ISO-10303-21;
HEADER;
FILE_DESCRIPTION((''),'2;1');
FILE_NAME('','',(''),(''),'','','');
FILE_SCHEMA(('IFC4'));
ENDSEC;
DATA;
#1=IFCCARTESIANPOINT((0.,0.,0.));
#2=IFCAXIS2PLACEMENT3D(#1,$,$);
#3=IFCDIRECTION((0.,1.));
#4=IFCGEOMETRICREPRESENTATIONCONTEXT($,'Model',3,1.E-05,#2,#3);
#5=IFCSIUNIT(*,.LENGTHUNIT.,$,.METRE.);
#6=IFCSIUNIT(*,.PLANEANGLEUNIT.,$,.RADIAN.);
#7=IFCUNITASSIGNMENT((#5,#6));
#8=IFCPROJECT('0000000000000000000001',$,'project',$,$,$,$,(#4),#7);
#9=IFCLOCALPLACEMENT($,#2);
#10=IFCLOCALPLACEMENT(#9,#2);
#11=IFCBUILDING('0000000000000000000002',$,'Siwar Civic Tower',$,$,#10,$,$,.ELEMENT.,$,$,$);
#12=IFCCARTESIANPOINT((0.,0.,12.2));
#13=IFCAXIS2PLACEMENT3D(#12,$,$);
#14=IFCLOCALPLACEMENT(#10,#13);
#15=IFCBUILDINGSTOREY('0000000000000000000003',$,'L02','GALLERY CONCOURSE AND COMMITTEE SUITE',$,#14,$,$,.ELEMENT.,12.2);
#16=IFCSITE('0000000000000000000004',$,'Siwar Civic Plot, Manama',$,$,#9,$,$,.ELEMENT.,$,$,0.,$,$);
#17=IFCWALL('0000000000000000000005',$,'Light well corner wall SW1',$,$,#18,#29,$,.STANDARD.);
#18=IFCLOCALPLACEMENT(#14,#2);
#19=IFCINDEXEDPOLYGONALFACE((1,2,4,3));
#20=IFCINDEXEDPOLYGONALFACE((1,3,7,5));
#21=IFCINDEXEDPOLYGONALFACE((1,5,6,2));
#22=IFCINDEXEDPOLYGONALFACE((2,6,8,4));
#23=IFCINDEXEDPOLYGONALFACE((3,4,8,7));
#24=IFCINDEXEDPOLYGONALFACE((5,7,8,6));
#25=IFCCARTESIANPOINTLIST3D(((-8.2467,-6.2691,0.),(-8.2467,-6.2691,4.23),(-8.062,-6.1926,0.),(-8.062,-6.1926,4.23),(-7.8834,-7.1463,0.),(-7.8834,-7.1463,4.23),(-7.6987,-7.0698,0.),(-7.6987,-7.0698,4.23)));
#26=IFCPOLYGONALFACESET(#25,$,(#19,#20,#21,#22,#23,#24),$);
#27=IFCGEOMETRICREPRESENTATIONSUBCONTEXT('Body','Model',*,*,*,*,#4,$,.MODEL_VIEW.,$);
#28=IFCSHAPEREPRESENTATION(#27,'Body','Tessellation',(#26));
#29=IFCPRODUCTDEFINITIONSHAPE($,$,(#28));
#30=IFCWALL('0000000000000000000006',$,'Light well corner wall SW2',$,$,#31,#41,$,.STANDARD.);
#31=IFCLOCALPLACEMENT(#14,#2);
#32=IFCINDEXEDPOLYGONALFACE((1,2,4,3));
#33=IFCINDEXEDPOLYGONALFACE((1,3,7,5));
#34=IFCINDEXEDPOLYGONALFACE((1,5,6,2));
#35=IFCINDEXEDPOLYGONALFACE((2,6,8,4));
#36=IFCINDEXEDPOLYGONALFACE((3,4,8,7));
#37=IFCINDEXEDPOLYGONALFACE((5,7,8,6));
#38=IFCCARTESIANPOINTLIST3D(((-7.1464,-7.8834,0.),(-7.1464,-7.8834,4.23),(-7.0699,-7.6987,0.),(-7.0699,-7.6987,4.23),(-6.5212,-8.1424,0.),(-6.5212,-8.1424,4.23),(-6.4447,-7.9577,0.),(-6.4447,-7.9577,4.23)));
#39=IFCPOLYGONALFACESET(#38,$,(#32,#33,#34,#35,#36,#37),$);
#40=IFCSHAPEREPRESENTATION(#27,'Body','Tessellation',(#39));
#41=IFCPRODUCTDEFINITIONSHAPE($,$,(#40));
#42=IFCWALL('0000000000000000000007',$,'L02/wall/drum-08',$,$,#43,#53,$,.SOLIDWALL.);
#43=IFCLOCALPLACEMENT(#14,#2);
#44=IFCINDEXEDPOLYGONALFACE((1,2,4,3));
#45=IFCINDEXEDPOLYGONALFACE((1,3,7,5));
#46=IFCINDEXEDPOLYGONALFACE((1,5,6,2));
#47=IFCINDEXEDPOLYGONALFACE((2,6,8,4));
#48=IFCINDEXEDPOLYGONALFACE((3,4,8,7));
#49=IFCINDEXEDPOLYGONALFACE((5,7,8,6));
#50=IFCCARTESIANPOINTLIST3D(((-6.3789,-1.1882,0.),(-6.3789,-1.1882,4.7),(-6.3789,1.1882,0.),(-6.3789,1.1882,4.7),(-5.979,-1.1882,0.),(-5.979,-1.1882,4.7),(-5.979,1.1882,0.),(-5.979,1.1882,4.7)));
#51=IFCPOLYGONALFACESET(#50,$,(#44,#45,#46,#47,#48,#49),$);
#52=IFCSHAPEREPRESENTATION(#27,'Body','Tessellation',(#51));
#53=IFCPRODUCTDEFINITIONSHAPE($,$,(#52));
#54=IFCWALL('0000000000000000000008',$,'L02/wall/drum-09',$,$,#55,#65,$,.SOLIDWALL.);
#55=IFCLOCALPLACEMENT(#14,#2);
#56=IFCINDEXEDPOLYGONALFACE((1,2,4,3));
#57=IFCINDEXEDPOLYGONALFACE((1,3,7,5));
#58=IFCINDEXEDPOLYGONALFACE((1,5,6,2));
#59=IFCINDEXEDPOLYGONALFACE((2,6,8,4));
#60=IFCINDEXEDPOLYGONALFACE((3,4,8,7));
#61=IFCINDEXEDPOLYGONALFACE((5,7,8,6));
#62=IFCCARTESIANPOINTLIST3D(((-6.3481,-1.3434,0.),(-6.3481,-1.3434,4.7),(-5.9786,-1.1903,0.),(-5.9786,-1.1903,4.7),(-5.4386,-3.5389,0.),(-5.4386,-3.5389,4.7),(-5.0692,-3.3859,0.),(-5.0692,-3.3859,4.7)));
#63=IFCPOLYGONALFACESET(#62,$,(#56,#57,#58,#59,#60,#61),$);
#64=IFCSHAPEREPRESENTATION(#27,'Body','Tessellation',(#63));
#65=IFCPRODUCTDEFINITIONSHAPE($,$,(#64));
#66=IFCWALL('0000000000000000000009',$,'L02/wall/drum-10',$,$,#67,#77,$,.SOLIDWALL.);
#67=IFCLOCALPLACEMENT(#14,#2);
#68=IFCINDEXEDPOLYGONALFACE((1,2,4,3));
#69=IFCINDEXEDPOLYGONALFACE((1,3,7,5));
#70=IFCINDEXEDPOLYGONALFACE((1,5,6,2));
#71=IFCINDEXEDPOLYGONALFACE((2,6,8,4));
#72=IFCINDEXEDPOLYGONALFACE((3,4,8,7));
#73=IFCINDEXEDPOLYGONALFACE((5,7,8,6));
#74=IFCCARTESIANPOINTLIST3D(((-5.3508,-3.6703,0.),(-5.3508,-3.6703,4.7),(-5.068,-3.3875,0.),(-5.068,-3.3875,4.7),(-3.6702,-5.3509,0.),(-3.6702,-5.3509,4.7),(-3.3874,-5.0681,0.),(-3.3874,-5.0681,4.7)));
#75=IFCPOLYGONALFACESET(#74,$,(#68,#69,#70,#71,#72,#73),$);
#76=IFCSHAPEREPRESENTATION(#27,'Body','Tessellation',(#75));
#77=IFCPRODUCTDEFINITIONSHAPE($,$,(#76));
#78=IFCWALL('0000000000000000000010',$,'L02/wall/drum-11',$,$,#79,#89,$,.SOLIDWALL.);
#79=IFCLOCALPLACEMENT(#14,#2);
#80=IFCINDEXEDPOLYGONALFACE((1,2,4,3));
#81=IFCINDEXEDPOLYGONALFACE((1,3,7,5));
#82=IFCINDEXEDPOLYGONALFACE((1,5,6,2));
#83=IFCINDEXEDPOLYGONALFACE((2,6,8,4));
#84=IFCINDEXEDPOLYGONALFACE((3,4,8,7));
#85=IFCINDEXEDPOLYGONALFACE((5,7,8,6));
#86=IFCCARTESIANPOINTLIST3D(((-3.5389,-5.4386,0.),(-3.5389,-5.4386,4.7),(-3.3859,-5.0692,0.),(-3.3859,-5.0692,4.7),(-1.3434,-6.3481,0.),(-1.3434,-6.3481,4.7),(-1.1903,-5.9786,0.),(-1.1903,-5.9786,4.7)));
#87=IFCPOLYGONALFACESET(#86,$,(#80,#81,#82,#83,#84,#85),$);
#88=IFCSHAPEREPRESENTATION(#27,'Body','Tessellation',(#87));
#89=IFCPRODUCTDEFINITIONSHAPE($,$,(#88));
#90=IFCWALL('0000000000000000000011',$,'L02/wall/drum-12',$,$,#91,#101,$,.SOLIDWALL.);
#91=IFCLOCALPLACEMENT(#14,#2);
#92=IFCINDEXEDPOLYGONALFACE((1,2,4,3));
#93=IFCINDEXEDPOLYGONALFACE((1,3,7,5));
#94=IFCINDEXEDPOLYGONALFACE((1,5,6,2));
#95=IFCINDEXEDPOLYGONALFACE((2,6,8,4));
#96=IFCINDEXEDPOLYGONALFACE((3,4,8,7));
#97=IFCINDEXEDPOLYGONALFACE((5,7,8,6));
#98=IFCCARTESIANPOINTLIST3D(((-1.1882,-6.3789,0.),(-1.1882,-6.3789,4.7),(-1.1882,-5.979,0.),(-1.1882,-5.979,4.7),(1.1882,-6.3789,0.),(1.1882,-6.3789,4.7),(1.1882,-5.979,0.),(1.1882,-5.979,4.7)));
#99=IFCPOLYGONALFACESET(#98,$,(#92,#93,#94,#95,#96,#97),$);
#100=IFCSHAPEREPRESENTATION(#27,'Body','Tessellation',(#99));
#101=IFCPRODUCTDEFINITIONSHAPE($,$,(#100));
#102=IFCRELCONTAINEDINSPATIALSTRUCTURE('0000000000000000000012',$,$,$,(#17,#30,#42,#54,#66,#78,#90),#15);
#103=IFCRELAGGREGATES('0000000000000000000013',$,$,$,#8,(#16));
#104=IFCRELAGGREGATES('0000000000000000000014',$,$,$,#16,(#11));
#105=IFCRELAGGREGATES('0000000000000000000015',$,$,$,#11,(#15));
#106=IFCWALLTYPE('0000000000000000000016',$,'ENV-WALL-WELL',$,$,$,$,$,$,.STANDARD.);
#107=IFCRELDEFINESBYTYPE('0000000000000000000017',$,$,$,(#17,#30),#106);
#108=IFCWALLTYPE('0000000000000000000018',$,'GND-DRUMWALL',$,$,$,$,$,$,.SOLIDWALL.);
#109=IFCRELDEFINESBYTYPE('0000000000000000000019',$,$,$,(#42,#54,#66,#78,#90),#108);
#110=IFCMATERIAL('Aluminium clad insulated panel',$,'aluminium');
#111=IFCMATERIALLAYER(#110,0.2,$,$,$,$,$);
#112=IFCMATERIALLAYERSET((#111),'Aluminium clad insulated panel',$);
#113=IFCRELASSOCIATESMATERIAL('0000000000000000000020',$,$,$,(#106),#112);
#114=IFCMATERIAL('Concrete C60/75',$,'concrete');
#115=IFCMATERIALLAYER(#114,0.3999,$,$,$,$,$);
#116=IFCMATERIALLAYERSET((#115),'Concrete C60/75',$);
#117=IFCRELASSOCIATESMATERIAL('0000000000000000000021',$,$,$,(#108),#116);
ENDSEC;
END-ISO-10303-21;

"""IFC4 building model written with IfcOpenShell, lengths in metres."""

from ifc_helpers import new_model, si_unit, direction, frame, frame_2d, origin, place, context, subcontext, project, spatial, rectangle, extrude, material, layer, layer_set, type_object, element, save


model = new_model("IFC4")

# Units and contexts
model_context = context("Model", 3, precision=1e-05, world=origin(), true_north=direction((0.0, 1.0)))
body_context = subcontext(model_context, "Body", "Model", "MODEL_VIEW")
ifc_project = project(units=[si_unit("LENGTHUNIT", "METRE"), si_unit("PLANEANGLEUNIT", "RADIAN")], contexts=[model_context])

# Site, building, storey
site_placement = place(None, origin())
site = spatial("IfcSite", under=ifc_project, at=site_placement, Name="Siwar Civic Plot, Manama", CompositionType="ELEMENT", RefElevation=0.0)
building_placement = place(site_placement, origin())
building = spatial("IfcBuilding", under=site, at=building_placement, Name="Siwar Civic Tower", CompositionType="ELEMENT")
storey_placement = place(building_placement, frame((0.0, 0.0, 12.2)))
storey = spatial("IfcBuildingStorey", under=building, at=storey_placement, Name="L02", Description="GALLERY CONCOURSE AND COMMITTEE SUITE", CompositionType="ELEMENT", Elevation=12.2)

# Walls
ifc_material_1 = material(Name="Aluminium clad insulated panel", Category="aluminium")
ifc_layer_1 = layer(ifc_material_1, 0.2)
ifc_layer_set_1 = layer_set([ifc_layer_1], Name="Aluminium clad insulated panel")
wall_type_1 = type_object("IfcWallType", Name="ENV-WALL-WELL", PredefinedType="STANDARD", material=ifc_layer_set_1)
wall_1_placement = place(storey_placement, frame((-8.1543, -6.231, 0.0), z_axis=(0.0, 0.0, 1.0), x_axis=(0.382624, -0.923904, 0.0)))
element("IfcWall", 1, at=wall_1_placement, inside=storey, type_object=wall_type_1, Name="Light well corner wall SW1", PredefinedType="STANDARD", context=body_context, shape_type="SweptSolid", body=[
    extrude(rectangle(XDim=0.9495, YDim=0.2, at=frame_2d((0.4746, 0.0))), origin(), (0.0, 0.0, 1.0), 4.23),
])
wall_2_placement = place(storey_placement, frame((-7.1082, -7.791, 0.0), z_axis=(0.0, 0.0, 1.0), x_axis=(0.923854, -0.382745, 0.0)))
element("IfcWall", 2, at=wall_2_placement, inside=storey, type_object=wall_type_1, Name="Light well corner wall SW2", PredefinedType="STANDARD", context=body_context, shape_type="SweptSolid", body=[
    extrude(rectangle(XDim=0.6768, YDim=0.2, at=frame_2d((0.3384, 0.0))), origin(), (0.0, 0.0, 1.0), 4.23),
])
ifc_material_2 = material(Name="Concrete C60/75", Category="concrete")
ifc_layer_2 = layer(ifc_material_2, 0.3999)
ifc_layer_set_2 = layer_set([ifc_layer_2], Name="Concrete C60/75")
wall_type_2 = type_object("IfcWallType", Name="GND-DRUMWALL", PredefinedType="SOLIDWALL", material=ifc_layer_set_2)
for number, where, z_axis, x_axis, name in (
    (3, (-6.179, 1.1882, 0.0), (0.0, 0.0, 1.0), (0.0, -1.0, 0.0), "L02/wall/drum-08"),
    (4, (-6.1633, -1.2668, 0.0), (0.0, 0.0, 1.0), (0.382681, -0.92388, 0.0), "L02/wall/drum-09"),
):
    element("IfcWall", number, at=place(storey_placement, frame(where, z_axis=z_axis, x_axis=x_axis)), inside=storey, type_object=wall_type_2, Name=name, PredefinedType="SOLIDWALL", context=body_context, shape_type="SweptSolid", body=[
        extrude(rectangle(XDim=2.3765, YDim=0.3999, at=frame_2d((1.1882, 0.0))), origin(), (0.0, 0.0, 1.0), 4.7),
    ])
wall_3_placement = place(storey_placement, frame((-5.2095, -3.5288, 0.0), z_axis=(0.0, 0.0, 1.0), x_axis=(0.707107, -0.707107, 0.0)))
element("IfcWall", 5, at=wall_3_placement, inside=storey, type_object=wall_type_2, Name="L02/wall/drum-10", PredefinedType="SOLIDWALL", context=body_context, shape_type="SweptSolid", body=[
    extrude(rectangle(XDim=2.3767, YDim=0.3999, at=frame_2d((1.1885, 0.0))), origin(), (0.0, 0.0, 1.0), 4.7),
])
for number, where, z_axis, x_axis, name in (
    (6, (-3.4624, -5.2539, 0.0), (0.0, 0.0, 1.0), (0.92388, -0.382681, 0.0), "L02/wall/drum-11"),
    (7, (-1.1882, -6.179, 0.0), (0.0, 0.0, 1.0), (1.0, 0.0, 0.0), "L02/wall/drum-12"),
):
    element("IfcWall", number, at=place(storey_placement, frame(where, z_axis=z_axis, x_axis=x_axis)), inside=storey, type_object=wall_type_2, Name=name, PredefinedType="SOLIDWALL", context=body_context, shape_type="SweptSolid", body=[
        extrude(rectangle(XDim=2.3765, YDim=0.3999, at=frame_2d((1.1882, 0.0))), origin(), (0.0, 0.0, 1.0), 4.7),
    ])

save(model, "model.ifc")
